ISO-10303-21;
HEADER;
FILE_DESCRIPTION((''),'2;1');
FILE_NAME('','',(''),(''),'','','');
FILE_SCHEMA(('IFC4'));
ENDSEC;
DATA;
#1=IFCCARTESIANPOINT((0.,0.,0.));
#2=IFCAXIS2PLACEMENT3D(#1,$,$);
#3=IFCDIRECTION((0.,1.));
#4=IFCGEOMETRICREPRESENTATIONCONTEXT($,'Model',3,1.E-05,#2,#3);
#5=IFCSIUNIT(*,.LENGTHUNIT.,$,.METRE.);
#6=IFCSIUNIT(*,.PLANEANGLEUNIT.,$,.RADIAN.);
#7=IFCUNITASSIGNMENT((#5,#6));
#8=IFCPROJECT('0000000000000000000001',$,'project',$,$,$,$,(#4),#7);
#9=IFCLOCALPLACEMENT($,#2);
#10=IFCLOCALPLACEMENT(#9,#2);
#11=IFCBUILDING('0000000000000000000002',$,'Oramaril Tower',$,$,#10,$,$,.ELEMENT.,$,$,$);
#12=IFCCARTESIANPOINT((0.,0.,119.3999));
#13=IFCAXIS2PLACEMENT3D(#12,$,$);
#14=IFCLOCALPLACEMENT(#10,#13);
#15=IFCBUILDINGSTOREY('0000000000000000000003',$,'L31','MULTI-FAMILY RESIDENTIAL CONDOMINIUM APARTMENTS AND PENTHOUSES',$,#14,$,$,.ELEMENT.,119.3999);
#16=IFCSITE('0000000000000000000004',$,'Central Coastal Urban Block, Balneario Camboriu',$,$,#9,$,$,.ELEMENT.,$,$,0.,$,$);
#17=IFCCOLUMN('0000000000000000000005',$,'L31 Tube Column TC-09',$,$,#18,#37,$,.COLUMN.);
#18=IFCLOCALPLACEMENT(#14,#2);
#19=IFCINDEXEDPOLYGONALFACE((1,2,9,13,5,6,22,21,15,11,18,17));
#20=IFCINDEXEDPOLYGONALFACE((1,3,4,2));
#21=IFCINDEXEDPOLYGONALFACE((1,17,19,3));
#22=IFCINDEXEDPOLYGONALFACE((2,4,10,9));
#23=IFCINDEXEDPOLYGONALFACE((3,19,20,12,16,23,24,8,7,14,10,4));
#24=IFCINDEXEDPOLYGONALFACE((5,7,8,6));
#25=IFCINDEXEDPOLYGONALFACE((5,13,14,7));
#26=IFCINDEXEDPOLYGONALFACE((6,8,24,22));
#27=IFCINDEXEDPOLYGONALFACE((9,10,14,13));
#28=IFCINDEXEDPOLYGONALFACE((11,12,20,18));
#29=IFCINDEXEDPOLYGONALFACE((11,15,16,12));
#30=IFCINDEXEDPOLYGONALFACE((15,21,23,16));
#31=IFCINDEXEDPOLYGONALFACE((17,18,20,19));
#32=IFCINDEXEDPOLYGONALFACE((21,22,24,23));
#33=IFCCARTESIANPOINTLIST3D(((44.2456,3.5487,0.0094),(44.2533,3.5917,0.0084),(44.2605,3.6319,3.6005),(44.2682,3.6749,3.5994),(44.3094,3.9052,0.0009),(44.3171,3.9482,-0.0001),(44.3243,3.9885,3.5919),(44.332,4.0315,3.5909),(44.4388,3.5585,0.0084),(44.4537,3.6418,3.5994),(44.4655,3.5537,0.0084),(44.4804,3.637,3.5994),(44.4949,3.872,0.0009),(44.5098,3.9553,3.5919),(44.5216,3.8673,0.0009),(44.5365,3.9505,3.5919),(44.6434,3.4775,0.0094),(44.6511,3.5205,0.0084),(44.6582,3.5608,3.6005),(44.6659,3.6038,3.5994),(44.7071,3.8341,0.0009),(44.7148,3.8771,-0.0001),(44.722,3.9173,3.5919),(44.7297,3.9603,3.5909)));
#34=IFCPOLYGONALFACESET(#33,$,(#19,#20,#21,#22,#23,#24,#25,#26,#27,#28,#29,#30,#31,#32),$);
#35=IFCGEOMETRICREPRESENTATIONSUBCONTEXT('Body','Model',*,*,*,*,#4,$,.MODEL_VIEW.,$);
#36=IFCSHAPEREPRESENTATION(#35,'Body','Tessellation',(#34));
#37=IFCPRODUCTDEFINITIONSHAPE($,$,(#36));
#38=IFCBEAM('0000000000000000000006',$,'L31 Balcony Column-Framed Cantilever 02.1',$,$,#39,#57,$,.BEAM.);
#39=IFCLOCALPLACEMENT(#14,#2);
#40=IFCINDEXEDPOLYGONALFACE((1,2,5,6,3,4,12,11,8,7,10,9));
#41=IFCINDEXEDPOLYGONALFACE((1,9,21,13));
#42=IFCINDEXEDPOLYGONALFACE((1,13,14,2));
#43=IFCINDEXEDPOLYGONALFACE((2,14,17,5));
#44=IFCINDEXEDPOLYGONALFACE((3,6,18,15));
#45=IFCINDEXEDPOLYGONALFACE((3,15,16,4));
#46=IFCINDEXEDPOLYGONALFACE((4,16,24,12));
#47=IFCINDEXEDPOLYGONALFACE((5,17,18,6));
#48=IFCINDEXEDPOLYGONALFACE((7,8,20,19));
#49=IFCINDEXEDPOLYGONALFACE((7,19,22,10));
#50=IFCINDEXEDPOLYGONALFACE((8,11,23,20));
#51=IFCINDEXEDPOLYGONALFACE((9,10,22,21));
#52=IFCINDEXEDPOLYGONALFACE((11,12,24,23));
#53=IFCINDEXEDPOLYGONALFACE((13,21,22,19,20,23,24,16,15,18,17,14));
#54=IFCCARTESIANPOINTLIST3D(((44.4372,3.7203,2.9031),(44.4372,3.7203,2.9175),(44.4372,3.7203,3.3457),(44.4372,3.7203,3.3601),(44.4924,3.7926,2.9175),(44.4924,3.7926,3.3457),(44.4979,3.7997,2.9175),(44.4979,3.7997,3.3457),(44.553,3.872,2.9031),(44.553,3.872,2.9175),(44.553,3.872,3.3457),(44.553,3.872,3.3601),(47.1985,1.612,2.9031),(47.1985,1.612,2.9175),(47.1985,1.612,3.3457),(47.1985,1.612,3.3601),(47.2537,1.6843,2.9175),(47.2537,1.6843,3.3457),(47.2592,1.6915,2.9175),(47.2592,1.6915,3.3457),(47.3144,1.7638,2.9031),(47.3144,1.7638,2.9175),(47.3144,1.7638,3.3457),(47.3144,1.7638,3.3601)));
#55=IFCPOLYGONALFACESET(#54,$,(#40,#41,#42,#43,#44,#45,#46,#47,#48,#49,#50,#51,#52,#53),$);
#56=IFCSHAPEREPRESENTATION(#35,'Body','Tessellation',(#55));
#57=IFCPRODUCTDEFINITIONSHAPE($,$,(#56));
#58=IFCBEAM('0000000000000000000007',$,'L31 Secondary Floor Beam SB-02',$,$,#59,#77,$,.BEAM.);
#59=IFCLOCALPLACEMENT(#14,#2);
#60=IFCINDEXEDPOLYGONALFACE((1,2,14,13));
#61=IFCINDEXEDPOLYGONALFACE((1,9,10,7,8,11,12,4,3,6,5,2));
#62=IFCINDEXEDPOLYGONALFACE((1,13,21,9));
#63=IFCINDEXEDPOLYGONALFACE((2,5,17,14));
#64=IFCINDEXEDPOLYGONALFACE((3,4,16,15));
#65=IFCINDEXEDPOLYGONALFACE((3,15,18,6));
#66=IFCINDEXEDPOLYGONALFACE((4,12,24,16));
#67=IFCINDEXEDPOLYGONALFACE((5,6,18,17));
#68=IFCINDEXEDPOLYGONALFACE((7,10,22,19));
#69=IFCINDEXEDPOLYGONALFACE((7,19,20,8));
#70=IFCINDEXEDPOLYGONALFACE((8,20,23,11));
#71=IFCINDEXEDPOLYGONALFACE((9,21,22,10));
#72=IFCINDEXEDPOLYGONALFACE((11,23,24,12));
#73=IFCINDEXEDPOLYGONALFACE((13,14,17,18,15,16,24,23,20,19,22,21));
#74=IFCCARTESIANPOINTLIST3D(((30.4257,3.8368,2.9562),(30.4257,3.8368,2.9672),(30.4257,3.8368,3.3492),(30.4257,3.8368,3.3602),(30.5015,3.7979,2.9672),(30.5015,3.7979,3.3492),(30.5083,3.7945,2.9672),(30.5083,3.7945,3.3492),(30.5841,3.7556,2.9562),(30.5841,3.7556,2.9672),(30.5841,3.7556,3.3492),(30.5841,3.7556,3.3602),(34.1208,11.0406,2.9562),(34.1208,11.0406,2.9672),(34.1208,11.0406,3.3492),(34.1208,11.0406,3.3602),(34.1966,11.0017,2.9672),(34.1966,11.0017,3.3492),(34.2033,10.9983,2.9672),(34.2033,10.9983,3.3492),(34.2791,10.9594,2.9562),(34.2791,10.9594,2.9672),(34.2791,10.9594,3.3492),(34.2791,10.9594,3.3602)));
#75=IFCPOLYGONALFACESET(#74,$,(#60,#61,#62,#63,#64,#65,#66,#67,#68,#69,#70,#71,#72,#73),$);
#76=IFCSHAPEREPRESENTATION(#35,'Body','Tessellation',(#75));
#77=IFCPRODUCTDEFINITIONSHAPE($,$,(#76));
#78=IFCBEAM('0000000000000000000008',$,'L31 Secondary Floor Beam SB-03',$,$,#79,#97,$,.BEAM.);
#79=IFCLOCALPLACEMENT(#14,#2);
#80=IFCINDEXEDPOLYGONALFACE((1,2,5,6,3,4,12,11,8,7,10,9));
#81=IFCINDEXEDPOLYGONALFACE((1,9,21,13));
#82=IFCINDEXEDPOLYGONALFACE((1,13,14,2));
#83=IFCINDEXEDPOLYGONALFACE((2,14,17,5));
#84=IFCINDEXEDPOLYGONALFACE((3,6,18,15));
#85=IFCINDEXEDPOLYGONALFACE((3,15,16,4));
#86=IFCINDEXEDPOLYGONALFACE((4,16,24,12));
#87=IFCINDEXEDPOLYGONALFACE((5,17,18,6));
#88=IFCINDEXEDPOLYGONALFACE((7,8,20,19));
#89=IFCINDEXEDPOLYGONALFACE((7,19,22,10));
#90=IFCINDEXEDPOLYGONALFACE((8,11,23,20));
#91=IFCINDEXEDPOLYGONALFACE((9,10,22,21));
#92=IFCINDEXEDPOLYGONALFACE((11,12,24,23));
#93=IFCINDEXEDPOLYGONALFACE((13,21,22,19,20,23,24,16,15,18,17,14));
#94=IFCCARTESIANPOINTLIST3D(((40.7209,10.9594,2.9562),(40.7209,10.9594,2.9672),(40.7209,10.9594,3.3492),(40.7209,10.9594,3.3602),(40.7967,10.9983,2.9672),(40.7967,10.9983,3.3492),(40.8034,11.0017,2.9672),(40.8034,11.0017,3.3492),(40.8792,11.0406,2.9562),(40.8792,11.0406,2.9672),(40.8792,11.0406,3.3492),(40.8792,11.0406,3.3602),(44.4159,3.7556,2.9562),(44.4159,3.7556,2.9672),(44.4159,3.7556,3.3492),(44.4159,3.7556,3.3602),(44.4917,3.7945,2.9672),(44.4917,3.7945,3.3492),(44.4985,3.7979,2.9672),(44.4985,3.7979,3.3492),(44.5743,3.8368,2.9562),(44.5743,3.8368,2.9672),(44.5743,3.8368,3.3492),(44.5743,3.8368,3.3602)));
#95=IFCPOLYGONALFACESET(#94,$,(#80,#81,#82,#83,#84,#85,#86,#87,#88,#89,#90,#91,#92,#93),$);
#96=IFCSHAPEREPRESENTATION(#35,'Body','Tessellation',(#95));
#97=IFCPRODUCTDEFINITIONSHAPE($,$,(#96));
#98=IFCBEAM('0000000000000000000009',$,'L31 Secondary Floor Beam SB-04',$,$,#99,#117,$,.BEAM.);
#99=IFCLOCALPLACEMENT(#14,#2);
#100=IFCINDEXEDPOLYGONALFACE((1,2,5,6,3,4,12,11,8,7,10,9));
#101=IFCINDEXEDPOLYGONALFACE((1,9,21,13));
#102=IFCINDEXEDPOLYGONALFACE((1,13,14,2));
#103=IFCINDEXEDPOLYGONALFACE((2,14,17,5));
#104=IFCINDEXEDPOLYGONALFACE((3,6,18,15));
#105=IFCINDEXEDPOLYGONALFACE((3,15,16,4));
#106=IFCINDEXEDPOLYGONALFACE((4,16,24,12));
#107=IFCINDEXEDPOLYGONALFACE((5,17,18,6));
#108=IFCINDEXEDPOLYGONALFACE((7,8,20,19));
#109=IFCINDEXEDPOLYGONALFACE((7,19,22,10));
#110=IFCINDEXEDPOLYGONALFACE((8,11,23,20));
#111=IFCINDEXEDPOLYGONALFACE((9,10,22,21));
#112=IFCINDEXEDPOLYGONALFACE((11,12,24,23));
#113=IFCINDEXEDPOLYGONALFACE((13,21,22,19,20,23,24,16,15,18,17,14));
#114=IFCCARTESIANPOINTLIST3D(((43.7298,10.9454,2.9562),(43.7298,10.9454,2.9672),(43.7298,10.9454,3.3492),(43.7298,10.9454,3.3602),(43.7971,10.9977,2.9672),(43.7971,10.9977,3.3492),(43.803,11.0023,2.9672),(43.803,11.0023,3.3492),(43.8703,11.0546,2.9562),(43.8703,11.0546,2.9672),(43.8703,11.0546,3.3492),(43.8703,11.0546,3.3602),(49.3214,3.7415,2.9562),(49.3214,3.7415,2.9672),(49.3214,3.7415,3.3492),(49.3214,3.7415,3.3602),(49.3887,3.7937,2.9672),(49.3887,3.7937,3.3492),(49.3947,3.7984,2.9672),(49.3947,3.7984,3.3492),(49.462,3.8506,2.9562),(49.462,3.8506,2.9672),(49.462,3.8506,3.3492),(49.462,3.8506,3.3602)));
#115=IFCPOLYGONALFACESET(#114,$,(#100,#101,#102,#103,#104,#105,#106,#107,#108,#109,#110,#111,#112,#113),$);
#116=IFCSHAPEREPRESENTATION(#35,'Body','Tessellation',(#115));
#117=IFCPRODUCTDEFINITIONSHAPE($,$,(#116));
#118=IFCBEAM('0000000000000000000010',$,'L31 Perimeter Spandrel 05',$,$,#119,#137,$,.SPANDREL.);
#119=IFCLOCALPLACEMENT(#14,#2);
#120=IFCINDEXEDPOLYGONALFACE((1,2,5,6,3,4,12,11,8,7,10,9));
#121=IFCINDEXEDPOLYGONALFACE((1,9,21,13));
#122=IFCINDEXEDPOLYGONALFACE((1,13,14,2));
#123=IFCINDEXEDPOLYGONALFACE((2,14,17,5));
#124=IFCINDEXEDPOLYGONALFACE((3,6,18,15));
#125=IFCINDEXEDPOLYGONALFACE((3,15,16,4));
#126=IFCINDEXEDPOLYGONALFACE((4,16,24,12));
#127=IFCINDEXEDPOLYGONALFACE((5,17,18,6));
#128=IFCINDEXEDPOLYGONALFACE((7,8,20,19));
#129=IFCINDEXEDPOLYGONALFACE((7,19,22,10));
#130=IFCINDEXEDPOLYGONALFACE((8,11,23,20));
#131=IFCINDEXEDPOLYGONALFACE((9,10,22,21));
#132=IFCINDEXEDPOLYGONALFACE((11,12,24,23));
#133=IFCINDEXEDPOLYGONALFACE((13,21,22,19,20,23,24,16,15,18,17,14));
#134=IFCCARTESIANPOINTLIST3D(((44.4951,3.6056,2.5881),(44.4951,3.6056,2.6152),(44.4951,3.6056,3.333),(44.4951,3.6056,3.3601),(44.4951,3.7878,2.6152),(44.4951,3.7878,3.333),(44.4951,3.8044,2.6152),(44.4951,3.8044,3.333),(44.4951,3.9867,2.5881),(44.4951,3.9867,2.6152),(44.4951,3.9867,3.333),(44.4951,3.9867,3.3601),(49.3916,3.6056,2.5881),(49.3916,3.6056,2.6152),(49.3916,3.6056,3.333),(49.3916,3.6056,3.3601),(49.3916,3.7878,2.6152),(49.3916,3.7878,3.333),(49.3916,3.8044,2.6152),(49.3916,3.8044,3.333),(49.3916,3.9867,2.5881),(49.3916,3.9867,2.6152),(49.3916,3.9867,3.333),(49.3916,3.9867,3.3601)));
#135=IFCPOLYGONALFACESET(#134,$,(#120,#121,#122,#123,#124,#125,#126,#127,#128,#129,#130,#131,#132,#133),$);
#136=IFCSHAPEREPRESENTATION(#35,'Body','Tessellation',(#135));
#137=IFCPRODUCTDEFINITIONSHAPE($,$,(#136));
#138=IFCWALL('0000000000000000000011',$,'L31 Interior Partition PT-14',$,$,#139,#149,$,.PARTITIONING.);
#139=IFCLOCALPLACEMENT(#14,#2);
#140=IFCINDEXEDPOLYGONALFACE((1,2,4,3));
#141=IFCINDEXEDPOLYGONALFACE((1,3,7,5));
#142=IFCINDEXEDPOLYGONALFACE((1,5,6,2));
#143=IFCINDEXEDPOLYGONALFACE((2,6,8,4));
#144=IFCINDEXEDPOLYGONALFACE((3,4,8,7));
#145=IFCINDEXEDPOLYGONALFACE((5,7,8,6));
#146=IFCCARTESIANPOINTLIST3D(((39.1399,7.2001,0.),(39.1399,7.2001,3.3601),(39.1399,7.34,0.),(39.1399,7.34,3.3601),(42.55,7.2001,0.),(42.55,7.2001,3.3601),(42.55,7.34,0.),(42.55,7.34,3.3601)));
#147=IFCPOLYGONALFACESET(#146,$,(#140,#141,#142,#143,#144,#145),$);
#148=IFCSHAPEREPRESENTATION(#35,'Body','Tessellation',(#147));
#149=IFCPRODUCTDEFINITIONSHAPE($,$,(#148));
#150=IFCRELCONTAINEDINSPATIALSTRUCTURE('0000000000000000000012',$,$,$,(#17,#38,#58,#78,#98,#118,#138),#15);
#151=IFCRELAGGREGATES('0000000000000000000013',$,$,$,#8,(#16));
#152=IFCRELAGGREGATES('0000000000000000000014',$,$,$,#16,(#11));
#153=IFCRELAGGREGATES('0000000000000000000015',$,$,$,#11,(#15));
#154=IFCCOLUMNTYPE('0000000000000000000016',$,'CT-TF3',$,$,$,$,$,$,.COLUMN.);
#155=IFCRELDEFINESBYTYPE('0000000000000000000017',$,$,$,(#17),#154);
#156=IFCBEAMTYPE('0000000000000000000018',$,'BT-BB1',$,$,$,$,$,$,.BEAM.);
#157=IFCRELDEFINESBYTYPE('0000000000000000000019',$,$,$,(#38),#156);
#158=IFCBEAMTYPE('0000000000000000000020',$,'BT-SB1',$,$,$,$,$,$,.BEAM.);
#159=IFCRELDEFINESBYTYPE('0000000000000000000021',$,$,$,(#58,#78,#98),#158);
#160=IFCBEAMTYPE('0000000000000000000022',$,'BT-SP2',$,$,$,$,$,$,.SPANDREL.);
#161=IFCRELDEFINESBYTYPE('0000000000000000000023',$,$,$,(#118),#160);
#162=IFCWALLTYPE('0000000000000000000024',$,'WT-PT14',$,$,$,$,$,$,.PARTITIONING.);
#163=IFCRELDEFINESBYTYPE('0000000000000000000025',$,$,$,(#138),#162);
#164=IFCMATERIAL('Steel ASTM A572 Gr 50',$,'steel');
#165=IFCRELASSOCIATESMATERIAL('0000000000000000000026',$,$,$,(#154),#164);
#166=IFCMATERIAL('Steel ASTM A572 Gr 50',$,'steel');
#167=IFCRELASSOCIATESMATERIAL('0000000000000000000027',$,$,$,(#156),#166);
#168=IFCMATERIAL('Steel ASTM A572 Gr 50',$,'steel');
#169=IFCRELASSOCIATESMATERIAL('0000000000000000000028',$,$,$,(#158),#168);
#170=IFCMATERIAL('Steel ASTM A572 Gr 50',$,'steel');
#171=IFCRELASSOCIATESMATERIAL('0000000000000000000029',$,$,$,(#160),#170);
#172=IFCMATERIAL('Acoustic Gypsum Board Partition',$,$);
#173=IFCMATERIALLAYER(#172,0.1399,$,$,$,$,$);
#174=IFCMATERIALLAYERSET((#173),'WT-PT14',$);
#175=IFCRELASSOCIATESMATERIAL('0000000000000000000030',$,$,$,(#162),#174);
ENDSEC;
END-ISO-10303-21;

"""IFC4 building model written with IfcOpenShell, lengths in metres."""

from ifc_helpers import new_model, si_unit, direction, frame, frame_2d, origin, origin_2d, place, context, subcontext, project, spatial, rectangle, i_section, extrude, material, layer, layer_set, material_profile, profile_set, type_object, element, save


model = new_model("IFC4")

# Units and contexts
model_context = context("Model", 3, precision=1e-05, world=origin(), true_north=direction((0.0, 1.0)))
body_context = subcontext(model_context, "Body", "Model", "MODEL_VIEW")
ifc_project = project(units=[si_unit("LENGTHUNIT", "METRE"), si_unit("PLANEANGLEUNIT", "RADIAN")], contexts=[model_context])

# Site, building, storey
site_placement = place(None, origin())
site = spatial("IfcSite", under=ifc_project, at=site_placement, Name="Central Coastal Urban Block, Balneario Camboriu", CompositionType="ELEMENT", RefElevation=0.0)
building_placement = place(site_placement, origin())
building = spatial("IfcBuilding", under=site, at=building_placement, Name="Oramaril Tower", CompositionType="ELEMENT")
storey_placement = place(building_placement, frame((0.0, 0.0, 119.3999)))
storey = spatial("IfcBuildingStorey", under=building, at=storey_placement, Name="L31", Description="MULTI-FAMILY RESIDENTIAL CONDOMINIUM APARTMENTS AND PENTHOUSES", CompositionType="ELEMENT", Elevation=119.3999)

# Column
ifc_material_1 = material(Name="Steel ASTM A572 Gr 50", Category="steel")
ifc_material_profile_1 = material_profile(ifc_material_1, i_section(OverallWidth=0.4041, OverallDepth=0.406, WebThickness=0.0271, FlangeThickness=0.0437, at=origin_2d()), Name="W14X233")
ifc_profile_set_1 = profile_set([ifc_material_profile_1], Name="Steel ASTM A572 Gr 50")
column_type = type_object("IfcColumnType", Name="CT-TF3", PredefinedType="COLUMN", material=ifc_profile_set_1)
column_placement = place(storey_placement, frame((44.4802, 3.7129, 0.0046), z_axis=(0.004146, 0.023177, 0.999723), x_axis=(-0.984374, 0.17609, 0.0)))
element("IfcColumn", 1, at=column_placement, inside=storey, type_object=column_type, Name="L31 Tube Column TC-09", PredefinedType="COLUMN", context=body_context, shape_type="SweptSolid", body=[
    extrude(i_section(OverallWidth=0.4041, OverallDepth=0.406, WebThickness=0.0271, FlangeThickness=0.0437, at=origin_2d()), origin(), (0.0, 0.0, 1.0), 3.592),
])

# Beams
ifc_material_2 = material(Name="Steel ASTM A572 Gr 50", Category="steel")
ifc_material_profile_2 = material_profile(ifc_material_2, i_section(OverallWidth=0.1909, OverallDepth=0.457, WebThickness=0.009, FlangeThickness=0.0144, at=origin_2d()), Name="W18X50")
ifc_profile_set_2 = profile_set([ifc_material_profile_2], Name="Steel ASTM A572 Gr 50")
beam_type_1 = type_object("IfcBeamType", Name="BT-BB1", PredefinedType="BEAM", material=ifc_profile_set_2)
beam_1_placement = place(storey_placement, frame((44.4951, 3.7961, 3.1316), z_axis=(0.794826, -0.606837, 0.0), x_axis=(0.606837, 0.794826, 0.0)))
element("IfcBeam", 2, at=beam_1_placement, inside=storey, type_object=beam_type_1, Name="L31 Balcony Column-Framed Cantilever 02.1", PredefinedType="BEAM", context=body_context, shape_type="SweptSolid", body=[
    extrude(i_section(OverallWidth=0.1909, OverallDepth=0.457, WebThickness=0.009, FlangeThickness=0.0144, at=origin_2d()), origin(), (0.0, 0.0, 1.0), 3.4741),
])
ifc_material_3 = material(Name="Steel ASTM A572 Gr 50", Category="steel")
ifc_material_profile_3 = material_profile(ifc_material_3, i_section(OverallWidth=0.178, OverallDepth=0.4041, WebThickness=0.0076, FlangeThickness=0.011, at=origin_2d()), Name="W16X36")
ifc_profile_set_3 = profile_set([ifc_material_profile_3], Name="Steel ASTM A572 Gr 50")
beam_type_2 = type_object("IfcBeamType", Name="BT-SB1", PredefinedType="BEAM", material=ifc_profile_set_3)
for number, where, z_axis, x_axis, name in (
    (3, (34.2, 11.0, 3.1582), (-0.456393, -0.889778, 0.0), (0.889778, -0.456393, 0.0), "L31 Secondary Floor Beam SB-02"),
    (4, (40.8, 11.0, 3.1582), (0.456393, -0.889778, 0.0), (0.889778, 0.456393, 0.0), "L31 Secondary Floor Beam SB-03"),
):
    element("IfcBeam", number, at=place(storey_placement, frame(where, z_axis=z_axis, x_axis=x_axis)), inside=storey, type_object=beam_type_2, Name=name, PredefinedType="BEAM", context=body_context, shape_type="SweptSolid", body=[
        extrude(i_section(OverallWidth=0.178, OverallDepth=0.4041, WebThickness=0.0076, FlangeThickness=0.011, at=origin_2d()), origin(), (0.0, 0.0, 1.0), 8.0962),
    ])
beam_2_placement = place(storey_placement, frame((43.8, 11.0, 3.1582), z_axis=(0.613158, -0.78996, 0.0), x_axis=(0.78996, 0.613158, 0.0)))
element("IfcBeam", 5, at=beam_2_placement, inside=storey, type_object=beam_type_2, Name="L31 Secondary Floor Beam SB-04", PredefinedType="BEAM", context=body_context, shape_type="SweptSolid", body=[
    extrude(i_section(OverallWidth=0.178, OverallDepth=0.4041, WebThickness=0.0076, FlangeThickness=0.011, at=origin_2d()), origin(), (0.0, 0.0, 1.0), 9.1194),
])
ifc_material_4 = material(Name="Steel ASTM A572 Gr 50", Category="steel")
ifc_material_profile_4 = material_profile(ifc_material_4, i_section(OverallWidth=0.3811, OverallDepth=0.772, WebThickness=0.0166, FlangeThickness=0.0271, at=origin_2d()), Name="W30X173")
ifc_profile_set_4 = profile_set([ifc_material_profile_4], Name="Steel ASTM A572 Gr 50")
beam_type_3 = type_object("IfcBeamType", Name="BT-SP2", PredefinedType="SPANDREL", material=ifc_profile_set_4)
beam_3_placement = place(storey_placement, frame((44.4951, 3.7961, 2.9741), z_axis=(1.0, 0.0, 0.0), x_axis=(0.0, 1.0, 0.0)))
element("IfcBeam", 6, at=beam_3_placement, inside=storey, type_object=beam_type_3, Name="L31 Perimeter Spandrel 05", PredefinedType="SPANDREL", context=body_context, shape_type="SweptSolid", body=[
    extrude(i_section(OverallWidth=0.3811, OverallDepth=0.772, WebThickness=0.0166, FlangeThickness=0.0271, at=origin_2d()), origin(), (0.0, 0.0, 1.0), 4.8965),
])

# Wall
ifc_material_5 = material(Name="Acoustic Gypsum Board Partition")
ifc_layer_1 = layer(ifc_material_5, 0.1399)
ifc_layer_set_1 = layer_set([ifc_layer_1], Name="WT-PT14")
wall_type_1 = type_object("IfcWallType", Name="WT-PT14", PredefinedType="PARTITIONING", material=ifc_layer_set_1)
wall_1_placement = place(storey_placement, frame((39.1399, 7.27, 0.0), z_axis=(0.0, 0.0, 1.0), x_axis=(1.0, 0.0, 0.0)))
element("IfcWall", 7, at=wall_1_placement, inside=storey, type_object=wall_type_1, Name="L31 Interior Partition PT-14", PredefinedType="PARTITIONING", context=body_context, shape_type="SweptSolid", body=[
    extrude(rectangle(XDim=3.4102, YDim=0.1399, at=frame_2d((1.7051, 0.0))), origin(), (0.0, 0.0, 1.0), 3.3601),
])

save(model, "model.ifc")
